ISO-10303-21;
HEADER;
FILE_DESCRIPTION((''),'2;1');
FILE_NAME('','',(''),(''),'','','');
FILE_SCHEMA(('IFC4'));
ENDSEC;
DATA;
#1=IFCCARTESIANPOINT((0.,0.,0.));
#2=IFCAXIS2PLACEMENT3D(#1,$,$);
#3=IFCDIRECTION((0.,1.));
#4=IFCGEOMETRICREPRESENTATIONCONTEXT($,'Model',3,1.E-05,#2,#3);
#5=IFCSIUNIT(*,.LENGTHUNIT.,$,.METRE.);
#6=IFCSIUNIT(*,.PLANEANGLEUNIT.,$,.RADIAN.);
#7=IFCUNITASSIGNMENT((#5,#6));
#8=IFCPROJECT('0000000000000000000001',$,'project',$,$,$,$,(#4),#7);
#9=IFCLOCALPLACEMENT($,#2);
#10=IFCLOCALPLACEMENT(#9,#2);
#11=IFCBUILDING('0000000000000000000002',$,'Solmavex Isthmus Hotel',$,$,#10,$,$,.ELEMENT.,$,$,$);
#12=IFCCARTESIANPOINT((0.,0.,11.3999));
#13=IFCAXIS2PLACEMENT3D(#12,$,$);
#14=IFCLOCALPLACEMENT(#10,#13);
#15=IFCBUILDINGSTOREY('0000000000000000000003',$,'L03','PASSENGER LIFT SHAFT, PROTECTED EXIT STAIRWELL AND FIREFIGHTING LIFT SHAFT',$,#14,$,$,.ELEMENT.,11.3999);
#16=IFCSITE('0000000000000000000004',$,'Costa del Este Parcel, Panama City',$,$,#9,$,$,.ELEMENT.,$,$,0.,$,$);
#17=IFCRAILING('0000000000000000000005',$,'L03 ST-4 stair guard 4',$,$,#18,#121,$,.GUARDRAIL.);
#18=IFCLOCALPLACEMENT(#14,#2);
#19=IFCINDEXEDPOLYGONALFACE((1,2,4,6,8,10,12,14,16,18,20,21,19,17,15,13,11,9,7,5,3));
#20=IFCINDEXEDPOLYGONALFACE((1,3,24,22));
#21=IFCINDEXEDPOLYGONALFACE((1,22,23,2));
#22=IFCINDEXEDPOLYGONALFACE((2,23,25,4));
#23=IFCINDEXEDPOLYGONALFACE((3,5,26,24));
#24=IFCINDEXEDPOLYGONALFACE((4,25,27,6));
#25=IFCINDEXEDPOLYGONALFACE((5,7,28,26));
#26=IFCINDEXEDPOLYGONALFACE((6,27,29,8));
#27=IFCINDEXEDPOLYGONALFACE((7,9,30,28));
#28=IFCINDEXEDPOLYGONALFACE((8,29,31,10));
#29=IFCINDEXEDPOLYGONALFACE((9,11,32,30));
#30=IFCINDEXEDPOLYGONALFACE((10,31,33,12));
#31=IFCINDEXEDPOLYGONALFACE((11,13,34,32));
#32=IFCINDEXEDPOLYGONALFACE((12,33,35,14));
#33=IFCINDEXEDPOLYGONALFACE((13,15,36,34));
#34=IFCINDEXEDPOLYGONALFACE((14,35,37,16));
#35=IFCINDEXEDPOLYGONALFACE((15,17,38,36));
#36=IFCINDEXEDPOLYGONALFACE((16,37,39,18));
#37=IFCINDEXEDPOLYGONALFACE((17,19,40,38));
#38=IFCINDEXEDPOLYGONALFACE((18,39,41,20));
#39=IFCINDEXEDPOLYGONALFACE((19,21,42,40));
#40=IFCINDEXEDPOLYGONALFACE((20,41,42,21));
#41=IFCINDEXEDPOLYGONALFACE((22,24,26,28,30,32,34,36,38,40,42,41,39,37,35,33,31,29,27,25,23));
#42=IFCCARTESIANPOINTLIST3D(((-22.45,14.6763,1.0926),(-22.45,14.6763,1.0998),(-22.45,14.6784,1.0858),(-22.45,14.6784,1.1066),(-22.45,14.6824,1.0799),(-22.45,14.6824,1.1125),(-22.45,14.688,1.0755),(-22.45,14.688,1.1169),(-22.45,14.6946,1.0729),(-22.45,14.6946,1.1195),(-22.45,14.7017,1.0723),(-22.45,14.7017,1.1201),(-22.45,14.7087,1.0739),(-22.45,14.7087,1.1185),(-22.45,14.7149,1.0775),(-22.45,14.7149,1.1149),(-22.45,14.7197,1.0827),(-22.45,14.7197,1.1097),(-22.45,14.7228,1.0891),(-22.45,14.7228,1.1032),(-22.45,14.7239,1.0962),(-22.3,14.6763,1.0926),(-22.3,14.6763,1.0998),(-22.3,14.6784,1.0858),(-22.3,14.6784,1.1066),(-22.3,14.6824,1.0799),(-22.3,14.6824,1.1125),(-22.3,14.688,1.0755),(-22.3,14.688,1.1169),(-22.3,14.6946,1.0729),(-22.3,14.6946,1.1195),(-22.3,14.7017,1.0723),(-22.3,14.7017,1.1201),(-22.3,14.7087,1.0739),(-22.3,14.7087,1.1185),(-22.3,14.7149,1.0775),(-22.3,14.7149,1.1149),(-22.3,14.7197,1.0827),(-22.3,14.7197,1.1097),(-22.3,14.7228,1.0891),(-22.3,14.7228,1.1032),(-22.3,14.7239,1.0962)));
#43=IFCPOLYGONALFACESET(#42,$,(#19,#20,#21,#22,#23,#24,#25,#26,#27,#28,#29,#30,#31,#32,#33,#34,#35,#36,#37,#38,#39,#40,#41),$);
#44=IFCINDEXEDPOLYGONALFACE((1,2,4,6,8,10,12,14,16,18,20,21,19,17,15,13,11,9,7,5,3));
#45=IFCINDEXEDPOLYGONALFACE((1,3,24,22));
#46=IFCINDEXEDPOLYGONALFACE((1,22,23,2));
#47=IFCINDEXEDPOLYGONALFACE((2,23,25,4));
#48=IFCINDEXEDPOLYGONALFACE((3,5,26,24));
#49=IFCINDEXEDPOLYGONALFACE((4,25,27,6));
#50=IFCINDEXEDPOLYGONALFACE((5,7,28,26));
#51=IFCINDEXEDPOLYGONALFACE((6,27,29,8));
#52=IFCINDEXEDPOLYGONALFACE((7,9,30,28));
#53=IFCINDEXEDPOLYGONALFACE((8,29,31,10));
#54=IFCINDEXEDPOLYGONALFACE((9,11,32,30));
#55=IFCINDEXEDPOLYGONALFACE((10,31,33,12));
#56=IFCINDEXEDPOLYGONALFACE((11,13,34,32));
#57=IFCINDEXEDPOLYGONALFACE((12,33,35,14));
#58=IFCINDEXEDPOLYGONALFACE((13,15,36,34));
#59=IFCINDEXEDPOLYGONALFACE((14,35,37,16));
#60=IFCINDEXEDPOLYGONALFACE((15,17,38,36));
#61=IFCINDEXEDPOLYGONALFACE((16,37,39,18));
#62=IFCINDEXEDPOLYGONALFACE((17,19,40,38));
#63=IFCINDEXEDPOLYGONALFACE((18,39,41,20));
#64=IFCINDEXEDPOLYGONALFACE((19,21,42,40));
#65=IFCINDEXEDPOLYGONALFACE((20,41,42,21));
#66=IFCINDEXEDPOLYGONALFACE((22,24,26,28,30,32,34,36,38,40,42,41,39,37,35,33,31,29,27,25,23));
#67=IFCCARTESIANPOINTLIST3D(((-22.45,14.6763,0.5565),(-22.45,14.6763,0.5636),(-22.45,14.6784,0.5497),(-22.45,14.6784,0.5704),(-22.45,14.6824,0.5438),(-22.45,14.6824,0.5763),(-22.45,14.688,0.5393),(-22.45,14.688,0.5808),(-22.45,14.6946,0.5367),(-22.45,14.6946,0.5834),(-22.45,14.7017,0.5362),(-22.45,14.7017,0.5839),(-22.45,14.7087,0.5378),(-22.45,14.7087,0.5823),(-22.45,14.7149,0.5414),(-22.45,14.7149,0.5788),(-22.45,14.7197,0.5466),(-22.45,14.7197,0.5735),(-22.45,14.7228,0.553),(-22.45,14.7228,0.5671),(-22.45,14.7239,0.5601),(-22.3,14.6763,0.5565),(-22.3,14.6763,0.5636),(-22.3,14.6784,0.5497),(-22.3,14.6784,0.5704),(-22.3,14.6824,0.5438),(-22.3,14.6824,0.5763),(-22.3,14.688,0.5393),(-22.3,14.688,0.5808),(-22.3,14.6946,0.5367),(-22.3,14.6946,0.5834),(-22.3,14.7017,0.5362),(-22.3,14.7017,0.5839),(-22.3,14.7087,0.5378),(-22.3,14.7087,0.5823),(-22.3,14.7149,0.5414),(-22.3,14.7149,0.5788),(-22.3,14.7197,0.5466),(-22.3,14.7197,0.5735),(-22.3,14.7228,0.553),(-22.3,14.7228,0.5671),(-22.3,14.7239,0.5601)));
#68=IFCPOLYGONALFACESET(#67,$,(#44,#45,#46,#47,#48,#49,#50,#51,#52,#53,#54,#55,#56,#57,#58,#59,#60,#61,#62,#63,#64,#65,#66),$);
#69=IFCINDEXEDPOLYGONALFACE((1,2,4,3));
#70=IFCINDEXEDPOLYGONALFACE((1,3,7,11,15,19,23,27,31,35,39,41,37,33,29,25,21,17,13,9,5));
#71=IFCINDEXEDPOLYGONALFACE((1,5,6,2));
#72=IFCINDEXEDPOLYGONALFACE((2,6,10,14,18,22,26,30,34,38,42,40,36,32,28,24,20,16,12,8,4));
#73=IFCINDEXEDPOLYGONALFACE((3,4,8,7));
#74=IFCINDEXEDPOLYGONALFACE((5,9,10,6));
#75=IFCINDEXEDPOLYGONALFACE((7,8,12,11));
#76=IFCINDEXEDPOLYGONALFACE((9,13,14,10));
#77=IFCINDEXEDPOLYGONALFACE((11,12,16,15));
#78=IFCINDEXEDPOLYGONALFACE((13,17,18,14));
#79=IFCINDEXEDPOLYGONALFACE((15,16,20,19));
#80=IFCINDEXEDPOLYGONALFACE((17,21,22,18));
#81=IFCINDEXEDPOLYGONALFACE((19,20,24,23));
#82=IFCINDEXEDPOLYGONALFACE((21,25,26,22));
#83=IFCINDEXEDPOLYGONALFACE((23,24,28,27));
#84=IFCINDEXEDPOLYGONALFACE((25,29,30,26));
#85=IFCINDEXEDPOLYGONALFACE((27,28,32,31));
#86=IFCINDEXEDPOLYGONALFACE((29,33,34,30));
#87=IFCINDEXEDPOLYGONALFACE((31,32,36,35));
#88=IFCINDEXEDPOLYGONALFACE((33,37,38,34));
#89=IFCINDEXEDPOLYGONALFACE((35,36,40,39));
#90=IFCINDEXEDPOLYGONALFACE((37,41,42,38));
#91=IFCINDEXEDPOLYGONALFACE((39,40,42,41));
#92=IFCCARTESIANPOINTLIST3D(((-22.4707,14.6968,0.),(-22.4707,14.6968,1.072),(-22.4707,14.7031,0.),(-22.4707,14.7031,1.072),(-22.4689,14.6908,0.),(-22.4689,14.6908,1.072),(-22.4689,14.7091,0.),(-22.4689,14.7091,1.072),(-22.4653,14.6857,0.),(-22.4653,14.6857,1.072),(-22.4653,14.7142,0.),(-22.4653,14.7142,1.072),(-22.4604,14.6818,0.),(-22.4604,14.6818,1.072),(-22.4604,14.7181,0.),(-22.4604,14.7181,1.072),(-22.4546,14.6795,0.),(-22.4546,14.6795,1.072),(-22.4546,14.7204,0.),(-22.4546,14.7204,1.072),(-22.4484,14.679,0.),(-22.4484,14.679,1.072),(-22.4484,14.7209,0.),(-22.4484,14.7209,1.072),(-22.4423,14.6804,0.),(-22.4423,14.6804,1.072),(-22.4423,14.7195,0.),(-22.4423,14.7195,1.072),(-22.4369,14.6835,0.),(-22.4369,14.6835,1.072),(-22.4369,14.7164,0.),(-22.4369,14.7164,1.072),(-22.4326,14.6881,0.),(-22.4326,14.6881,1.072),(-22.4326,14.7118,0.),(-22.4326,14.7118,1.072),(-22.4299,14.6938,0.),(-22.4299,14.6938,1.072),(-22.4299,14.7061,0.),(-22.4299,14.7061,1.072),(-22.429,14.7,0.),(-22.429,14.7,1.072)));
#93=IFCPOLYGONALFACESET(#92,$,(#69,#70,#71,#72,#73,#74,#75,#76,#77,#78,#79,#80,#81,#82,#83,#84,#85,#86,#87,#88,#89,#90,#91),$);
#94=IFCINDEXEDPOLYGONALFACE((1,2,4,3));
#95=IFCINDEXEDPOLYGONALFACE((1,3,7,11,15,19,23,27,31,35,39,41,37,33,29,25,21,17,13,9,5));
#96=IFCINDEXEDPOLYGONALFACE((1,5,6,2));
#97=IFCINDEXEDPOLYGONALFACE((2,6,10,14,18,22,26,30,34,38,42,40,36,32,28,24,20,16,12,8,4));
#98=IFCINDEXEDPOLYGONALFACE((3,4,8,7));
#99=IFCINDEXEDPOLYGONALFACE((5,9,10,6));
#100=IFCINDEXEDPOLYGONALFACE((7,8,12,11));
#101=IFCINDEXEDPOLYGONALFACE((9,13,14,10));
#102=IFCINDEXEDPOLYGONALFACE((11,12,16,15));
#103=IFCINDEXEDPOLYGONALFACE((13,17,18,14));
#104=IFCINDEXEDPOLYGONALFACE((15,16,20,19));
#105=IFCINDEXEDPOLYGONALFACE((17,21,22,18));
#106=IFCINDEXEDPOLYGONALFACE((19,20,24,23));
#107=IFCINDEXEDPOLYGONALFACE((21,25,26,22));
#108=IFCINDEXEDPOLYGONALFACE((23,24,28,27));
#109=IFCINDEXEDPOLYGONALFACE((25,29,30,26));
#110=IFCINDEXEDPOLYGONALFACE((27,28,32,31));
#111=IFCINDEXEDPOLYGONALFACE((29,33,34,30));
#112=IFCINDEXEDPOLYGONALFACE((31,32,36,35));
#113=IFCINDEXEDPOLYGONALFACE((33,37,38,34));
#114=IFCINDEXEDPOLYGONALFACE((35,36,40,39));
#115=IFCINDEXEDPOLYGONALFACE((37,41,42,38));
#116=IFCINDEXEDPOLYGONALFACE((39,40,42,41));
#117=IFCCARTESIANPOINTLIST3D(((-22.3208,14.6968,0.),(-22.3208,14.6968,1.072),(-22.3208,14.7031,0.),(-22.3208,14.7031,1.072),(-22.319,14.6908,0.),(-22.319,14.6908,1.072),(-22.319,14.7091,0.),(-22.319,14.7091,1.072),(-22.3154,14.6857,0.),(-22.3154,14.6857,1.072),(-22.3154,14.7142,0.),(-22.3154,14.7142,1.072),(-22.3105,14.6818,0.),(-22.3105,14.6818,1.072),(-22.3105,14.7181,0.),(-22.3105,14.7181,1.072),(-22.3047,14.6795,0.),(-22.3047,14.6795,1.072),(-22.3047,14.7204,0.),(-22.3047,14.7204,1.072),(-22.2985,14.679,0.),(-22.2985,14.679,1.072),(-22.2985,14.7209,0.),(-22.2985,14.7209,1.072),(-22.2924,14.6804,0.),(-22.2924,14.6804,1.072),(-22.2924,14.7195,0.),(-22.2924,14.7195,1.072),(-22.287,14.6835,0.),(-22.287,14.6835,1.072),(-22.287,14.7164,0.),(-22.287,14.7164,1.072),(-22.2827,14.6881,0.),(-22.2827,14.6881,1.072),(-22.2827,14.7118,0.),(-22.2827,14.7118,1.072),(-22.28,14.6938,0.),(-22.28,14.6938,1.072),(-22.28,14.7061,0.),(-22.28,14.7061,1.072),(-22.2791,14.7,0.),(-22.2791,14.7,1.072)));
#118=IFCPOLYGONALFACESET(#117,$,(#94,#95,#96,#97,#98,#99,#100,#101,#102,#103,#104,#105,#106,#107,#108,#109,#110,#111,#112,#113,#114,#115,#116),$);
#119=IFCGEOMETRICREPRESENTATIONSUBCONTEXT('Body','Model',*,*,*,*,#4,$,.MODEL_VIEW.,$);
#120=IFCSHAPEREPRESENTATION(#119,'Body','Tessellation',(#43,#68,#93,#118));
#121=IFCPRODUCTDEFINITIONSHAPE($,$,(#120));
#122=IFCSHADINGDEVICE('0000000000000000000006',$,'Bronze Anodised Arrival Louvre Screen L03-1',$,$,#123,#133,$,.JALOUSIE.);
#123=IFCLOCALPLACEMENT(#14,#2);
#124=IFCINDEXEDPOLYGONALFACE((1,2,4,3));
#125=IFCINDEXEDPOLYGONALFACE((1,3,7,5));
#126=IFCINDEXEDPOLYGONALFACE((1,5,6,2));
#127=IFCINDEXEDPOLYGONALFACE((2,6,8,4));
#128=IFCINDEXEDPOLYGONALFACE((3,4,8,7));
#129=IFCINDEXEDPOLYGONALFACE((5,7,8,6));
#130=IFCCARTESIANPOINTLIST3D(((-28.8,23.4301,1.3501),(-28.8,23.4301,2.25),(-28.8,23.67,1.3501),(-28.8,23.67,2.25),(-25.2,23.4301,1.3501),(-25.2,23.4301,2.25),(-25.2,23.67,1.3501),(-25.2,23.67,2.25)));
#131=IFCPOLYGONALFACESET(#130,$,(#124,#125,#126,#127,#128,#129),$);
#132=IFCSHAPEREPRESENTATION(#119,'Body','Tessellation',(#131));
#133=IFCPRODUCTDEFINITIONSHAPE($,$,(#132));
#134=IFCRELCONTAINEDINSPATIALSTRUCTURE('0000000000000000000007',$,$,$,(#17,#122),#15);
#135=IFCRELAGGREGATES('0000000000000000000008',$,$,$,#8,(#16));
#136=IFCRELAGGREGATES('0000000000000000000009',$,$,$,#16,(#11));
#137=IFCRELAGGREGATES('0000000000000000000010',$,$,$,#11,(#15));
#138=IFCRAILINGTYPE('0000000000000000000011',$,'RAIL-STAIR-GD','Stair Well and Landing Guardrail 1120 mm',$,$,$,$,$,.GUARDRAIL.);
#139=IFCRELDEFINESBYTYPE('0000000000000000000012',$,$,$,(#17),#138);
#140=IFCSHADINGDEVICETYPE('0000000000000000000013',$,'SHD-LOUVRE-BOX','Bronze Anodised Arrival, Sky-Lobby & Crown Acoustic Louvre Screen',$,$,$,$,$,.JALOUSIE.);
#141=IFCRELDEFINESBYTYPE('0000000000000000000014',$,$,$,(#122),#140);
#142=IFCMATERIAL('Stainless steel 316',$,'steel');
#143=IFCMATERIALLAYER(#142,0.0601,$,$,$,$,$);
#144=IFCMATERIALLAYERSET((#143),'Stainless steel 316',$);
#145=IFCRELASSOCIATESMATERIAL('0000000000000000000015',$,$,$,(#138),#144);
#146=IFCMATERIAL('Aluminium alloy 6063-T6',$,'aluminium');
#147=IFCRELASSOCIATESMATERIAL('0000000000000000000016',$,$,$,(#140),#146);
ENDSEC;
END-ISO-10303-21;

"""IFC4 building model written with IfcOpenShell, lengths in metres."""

from ifc_helpers import new_model, si_unit, direction, frame, origin, origin_2d, place, context, subcontext, project, spatial, rectangle, circle, extrude, material, layer, layer_set, type_object, element, save


model = new_model("IFC4")

# Units and contexts
model_context = context("Model", 3, precision=1e-05, world=origin(), true_north=direction((0.0, 1.0)))
body_context = subcontext(model_context, "Body", "Model", "MODEL_VIEW")
ifc_project = project(units=[si_unit("LENGTHUNIT", "METRE"), si_unit("PLANEANGLEUNIT", "RADIAN")], contexts=[model_context])

# Site, building, storey
site_placement = place(None, origin())
site = spatial("IfcSite", under=ifc_project, at=site_placement, Name="Costa del Este Parcel, Panama City", CompositionType="ELEMENT", RefElevation=0.0)
building_placement = place(site_placement, origin())
building = spatial("IfcBuilding", under=site, at=building_placement, Name="Solmavex Isthmus Hotel", CompositionType="ELEMENT")
storey_placement = place(building_placement, frame((0.0, 0.0, 11.3999)))
storey = spatial("IfcBuildingStorey", under=building, at=storey_placement, Name="L03", Description="PASSENGER LIFT SHAFT, PROTECTED EXIT STAIRWELL AND FIREFIGHTING LIFT SHAFT", CompositionType="ELEMENT", Elevation=11.3999)

# Shared definitions
ifc_material_1 = material(Name="Aluminium alloy 6063-T6", Category="aluminium")

# Railing
ifc_material_2 = material(Name="Stainless steel 316", Category="steel")
ifc_layer_1 = layer(ifc_material_2, 0.0601)
ifc_layer_set_1 = layer_set([ifc_layer_1], Name="Stainless steel 316")
railing_type_1 = type_object("IfcRailingType", Name="RAIL-STAIR-GD", Description="Stair Well and Landing Guardrail 1120 mm", PredefinedType="GUARDRAIL", material=ifc_layer_set_1)
railing_1_placement = place(storey_placement, frame((-22.45, 14.7, 0.0)))
element("IfcRailing", 1, at=railing_1_placement, inside=storey, type_object=railing_type_1, Name="L03 ST-4 stair guard 4", PredefinedType="GUARDRAIL", context=body_context, shape_type="SweptSolid", body=[
    extrude(circle(Radius=0.0239, at=origin_2d()), frame((0.0, 0.0, 1.0962), z_axis=(1.0, 0.0, 0.0), x_axis=(0.0, 1.0, 0.0)), (0.0, 0.0, 1.0), 0.1499),
    extrude(circle(Radius=0.0239, at=origin_2d()), frame((0.0, 0.0, 0.5601), z_axis=(1.0, 0.0, 0.0), x_axis=(0.0, 1.0, 0.0)), (0.0, 0.0, 1.0), 0.1499),
    extrude(circle(Radius=0.021, at=origin_2d()), origin(), (0.0, 0.0, 1.0), 1.072),
    extrude(circle(Radius=0.021, at=origin_2d()), frame((0.1499, 0.0, 0.0)), (0.0, 0.0, 1.0), 1.072),
])

# Shading device
shading_device_type = type_object("IfcShadingDeviceType", Name="SHD-LOUVRE-BOX", Description="Bronze Anodised Arrival, Sky-Lobby & Crown Acoustic Louvre Screen", PredefinedType="JALOUSIE", material=ifc_material_1)
shading_device_placement = place(storey_placement, frame((-27.0, 23.55, 1.3501), z_axis=(0.0, 0.0, 1.0), x_axis=(1.0, 0.0, 0.0)))
element("IfcShadingDevice", 2, at=shading_device_placement, inside=storey, type_object=shading_device_type, Name="Bronze Anodised Arrival Louvre Screen L03-1", PredefinedType="JALOUSIE", context=body_context, shape_type="SweptSolid", body=[
    extrude(rectangle(XDim=3.6001, YDim=0.24, at=origin_2d()), origin(), (0.0, 0.0, 1.0), 0.8999),
])

save(model, "model.ifc")
